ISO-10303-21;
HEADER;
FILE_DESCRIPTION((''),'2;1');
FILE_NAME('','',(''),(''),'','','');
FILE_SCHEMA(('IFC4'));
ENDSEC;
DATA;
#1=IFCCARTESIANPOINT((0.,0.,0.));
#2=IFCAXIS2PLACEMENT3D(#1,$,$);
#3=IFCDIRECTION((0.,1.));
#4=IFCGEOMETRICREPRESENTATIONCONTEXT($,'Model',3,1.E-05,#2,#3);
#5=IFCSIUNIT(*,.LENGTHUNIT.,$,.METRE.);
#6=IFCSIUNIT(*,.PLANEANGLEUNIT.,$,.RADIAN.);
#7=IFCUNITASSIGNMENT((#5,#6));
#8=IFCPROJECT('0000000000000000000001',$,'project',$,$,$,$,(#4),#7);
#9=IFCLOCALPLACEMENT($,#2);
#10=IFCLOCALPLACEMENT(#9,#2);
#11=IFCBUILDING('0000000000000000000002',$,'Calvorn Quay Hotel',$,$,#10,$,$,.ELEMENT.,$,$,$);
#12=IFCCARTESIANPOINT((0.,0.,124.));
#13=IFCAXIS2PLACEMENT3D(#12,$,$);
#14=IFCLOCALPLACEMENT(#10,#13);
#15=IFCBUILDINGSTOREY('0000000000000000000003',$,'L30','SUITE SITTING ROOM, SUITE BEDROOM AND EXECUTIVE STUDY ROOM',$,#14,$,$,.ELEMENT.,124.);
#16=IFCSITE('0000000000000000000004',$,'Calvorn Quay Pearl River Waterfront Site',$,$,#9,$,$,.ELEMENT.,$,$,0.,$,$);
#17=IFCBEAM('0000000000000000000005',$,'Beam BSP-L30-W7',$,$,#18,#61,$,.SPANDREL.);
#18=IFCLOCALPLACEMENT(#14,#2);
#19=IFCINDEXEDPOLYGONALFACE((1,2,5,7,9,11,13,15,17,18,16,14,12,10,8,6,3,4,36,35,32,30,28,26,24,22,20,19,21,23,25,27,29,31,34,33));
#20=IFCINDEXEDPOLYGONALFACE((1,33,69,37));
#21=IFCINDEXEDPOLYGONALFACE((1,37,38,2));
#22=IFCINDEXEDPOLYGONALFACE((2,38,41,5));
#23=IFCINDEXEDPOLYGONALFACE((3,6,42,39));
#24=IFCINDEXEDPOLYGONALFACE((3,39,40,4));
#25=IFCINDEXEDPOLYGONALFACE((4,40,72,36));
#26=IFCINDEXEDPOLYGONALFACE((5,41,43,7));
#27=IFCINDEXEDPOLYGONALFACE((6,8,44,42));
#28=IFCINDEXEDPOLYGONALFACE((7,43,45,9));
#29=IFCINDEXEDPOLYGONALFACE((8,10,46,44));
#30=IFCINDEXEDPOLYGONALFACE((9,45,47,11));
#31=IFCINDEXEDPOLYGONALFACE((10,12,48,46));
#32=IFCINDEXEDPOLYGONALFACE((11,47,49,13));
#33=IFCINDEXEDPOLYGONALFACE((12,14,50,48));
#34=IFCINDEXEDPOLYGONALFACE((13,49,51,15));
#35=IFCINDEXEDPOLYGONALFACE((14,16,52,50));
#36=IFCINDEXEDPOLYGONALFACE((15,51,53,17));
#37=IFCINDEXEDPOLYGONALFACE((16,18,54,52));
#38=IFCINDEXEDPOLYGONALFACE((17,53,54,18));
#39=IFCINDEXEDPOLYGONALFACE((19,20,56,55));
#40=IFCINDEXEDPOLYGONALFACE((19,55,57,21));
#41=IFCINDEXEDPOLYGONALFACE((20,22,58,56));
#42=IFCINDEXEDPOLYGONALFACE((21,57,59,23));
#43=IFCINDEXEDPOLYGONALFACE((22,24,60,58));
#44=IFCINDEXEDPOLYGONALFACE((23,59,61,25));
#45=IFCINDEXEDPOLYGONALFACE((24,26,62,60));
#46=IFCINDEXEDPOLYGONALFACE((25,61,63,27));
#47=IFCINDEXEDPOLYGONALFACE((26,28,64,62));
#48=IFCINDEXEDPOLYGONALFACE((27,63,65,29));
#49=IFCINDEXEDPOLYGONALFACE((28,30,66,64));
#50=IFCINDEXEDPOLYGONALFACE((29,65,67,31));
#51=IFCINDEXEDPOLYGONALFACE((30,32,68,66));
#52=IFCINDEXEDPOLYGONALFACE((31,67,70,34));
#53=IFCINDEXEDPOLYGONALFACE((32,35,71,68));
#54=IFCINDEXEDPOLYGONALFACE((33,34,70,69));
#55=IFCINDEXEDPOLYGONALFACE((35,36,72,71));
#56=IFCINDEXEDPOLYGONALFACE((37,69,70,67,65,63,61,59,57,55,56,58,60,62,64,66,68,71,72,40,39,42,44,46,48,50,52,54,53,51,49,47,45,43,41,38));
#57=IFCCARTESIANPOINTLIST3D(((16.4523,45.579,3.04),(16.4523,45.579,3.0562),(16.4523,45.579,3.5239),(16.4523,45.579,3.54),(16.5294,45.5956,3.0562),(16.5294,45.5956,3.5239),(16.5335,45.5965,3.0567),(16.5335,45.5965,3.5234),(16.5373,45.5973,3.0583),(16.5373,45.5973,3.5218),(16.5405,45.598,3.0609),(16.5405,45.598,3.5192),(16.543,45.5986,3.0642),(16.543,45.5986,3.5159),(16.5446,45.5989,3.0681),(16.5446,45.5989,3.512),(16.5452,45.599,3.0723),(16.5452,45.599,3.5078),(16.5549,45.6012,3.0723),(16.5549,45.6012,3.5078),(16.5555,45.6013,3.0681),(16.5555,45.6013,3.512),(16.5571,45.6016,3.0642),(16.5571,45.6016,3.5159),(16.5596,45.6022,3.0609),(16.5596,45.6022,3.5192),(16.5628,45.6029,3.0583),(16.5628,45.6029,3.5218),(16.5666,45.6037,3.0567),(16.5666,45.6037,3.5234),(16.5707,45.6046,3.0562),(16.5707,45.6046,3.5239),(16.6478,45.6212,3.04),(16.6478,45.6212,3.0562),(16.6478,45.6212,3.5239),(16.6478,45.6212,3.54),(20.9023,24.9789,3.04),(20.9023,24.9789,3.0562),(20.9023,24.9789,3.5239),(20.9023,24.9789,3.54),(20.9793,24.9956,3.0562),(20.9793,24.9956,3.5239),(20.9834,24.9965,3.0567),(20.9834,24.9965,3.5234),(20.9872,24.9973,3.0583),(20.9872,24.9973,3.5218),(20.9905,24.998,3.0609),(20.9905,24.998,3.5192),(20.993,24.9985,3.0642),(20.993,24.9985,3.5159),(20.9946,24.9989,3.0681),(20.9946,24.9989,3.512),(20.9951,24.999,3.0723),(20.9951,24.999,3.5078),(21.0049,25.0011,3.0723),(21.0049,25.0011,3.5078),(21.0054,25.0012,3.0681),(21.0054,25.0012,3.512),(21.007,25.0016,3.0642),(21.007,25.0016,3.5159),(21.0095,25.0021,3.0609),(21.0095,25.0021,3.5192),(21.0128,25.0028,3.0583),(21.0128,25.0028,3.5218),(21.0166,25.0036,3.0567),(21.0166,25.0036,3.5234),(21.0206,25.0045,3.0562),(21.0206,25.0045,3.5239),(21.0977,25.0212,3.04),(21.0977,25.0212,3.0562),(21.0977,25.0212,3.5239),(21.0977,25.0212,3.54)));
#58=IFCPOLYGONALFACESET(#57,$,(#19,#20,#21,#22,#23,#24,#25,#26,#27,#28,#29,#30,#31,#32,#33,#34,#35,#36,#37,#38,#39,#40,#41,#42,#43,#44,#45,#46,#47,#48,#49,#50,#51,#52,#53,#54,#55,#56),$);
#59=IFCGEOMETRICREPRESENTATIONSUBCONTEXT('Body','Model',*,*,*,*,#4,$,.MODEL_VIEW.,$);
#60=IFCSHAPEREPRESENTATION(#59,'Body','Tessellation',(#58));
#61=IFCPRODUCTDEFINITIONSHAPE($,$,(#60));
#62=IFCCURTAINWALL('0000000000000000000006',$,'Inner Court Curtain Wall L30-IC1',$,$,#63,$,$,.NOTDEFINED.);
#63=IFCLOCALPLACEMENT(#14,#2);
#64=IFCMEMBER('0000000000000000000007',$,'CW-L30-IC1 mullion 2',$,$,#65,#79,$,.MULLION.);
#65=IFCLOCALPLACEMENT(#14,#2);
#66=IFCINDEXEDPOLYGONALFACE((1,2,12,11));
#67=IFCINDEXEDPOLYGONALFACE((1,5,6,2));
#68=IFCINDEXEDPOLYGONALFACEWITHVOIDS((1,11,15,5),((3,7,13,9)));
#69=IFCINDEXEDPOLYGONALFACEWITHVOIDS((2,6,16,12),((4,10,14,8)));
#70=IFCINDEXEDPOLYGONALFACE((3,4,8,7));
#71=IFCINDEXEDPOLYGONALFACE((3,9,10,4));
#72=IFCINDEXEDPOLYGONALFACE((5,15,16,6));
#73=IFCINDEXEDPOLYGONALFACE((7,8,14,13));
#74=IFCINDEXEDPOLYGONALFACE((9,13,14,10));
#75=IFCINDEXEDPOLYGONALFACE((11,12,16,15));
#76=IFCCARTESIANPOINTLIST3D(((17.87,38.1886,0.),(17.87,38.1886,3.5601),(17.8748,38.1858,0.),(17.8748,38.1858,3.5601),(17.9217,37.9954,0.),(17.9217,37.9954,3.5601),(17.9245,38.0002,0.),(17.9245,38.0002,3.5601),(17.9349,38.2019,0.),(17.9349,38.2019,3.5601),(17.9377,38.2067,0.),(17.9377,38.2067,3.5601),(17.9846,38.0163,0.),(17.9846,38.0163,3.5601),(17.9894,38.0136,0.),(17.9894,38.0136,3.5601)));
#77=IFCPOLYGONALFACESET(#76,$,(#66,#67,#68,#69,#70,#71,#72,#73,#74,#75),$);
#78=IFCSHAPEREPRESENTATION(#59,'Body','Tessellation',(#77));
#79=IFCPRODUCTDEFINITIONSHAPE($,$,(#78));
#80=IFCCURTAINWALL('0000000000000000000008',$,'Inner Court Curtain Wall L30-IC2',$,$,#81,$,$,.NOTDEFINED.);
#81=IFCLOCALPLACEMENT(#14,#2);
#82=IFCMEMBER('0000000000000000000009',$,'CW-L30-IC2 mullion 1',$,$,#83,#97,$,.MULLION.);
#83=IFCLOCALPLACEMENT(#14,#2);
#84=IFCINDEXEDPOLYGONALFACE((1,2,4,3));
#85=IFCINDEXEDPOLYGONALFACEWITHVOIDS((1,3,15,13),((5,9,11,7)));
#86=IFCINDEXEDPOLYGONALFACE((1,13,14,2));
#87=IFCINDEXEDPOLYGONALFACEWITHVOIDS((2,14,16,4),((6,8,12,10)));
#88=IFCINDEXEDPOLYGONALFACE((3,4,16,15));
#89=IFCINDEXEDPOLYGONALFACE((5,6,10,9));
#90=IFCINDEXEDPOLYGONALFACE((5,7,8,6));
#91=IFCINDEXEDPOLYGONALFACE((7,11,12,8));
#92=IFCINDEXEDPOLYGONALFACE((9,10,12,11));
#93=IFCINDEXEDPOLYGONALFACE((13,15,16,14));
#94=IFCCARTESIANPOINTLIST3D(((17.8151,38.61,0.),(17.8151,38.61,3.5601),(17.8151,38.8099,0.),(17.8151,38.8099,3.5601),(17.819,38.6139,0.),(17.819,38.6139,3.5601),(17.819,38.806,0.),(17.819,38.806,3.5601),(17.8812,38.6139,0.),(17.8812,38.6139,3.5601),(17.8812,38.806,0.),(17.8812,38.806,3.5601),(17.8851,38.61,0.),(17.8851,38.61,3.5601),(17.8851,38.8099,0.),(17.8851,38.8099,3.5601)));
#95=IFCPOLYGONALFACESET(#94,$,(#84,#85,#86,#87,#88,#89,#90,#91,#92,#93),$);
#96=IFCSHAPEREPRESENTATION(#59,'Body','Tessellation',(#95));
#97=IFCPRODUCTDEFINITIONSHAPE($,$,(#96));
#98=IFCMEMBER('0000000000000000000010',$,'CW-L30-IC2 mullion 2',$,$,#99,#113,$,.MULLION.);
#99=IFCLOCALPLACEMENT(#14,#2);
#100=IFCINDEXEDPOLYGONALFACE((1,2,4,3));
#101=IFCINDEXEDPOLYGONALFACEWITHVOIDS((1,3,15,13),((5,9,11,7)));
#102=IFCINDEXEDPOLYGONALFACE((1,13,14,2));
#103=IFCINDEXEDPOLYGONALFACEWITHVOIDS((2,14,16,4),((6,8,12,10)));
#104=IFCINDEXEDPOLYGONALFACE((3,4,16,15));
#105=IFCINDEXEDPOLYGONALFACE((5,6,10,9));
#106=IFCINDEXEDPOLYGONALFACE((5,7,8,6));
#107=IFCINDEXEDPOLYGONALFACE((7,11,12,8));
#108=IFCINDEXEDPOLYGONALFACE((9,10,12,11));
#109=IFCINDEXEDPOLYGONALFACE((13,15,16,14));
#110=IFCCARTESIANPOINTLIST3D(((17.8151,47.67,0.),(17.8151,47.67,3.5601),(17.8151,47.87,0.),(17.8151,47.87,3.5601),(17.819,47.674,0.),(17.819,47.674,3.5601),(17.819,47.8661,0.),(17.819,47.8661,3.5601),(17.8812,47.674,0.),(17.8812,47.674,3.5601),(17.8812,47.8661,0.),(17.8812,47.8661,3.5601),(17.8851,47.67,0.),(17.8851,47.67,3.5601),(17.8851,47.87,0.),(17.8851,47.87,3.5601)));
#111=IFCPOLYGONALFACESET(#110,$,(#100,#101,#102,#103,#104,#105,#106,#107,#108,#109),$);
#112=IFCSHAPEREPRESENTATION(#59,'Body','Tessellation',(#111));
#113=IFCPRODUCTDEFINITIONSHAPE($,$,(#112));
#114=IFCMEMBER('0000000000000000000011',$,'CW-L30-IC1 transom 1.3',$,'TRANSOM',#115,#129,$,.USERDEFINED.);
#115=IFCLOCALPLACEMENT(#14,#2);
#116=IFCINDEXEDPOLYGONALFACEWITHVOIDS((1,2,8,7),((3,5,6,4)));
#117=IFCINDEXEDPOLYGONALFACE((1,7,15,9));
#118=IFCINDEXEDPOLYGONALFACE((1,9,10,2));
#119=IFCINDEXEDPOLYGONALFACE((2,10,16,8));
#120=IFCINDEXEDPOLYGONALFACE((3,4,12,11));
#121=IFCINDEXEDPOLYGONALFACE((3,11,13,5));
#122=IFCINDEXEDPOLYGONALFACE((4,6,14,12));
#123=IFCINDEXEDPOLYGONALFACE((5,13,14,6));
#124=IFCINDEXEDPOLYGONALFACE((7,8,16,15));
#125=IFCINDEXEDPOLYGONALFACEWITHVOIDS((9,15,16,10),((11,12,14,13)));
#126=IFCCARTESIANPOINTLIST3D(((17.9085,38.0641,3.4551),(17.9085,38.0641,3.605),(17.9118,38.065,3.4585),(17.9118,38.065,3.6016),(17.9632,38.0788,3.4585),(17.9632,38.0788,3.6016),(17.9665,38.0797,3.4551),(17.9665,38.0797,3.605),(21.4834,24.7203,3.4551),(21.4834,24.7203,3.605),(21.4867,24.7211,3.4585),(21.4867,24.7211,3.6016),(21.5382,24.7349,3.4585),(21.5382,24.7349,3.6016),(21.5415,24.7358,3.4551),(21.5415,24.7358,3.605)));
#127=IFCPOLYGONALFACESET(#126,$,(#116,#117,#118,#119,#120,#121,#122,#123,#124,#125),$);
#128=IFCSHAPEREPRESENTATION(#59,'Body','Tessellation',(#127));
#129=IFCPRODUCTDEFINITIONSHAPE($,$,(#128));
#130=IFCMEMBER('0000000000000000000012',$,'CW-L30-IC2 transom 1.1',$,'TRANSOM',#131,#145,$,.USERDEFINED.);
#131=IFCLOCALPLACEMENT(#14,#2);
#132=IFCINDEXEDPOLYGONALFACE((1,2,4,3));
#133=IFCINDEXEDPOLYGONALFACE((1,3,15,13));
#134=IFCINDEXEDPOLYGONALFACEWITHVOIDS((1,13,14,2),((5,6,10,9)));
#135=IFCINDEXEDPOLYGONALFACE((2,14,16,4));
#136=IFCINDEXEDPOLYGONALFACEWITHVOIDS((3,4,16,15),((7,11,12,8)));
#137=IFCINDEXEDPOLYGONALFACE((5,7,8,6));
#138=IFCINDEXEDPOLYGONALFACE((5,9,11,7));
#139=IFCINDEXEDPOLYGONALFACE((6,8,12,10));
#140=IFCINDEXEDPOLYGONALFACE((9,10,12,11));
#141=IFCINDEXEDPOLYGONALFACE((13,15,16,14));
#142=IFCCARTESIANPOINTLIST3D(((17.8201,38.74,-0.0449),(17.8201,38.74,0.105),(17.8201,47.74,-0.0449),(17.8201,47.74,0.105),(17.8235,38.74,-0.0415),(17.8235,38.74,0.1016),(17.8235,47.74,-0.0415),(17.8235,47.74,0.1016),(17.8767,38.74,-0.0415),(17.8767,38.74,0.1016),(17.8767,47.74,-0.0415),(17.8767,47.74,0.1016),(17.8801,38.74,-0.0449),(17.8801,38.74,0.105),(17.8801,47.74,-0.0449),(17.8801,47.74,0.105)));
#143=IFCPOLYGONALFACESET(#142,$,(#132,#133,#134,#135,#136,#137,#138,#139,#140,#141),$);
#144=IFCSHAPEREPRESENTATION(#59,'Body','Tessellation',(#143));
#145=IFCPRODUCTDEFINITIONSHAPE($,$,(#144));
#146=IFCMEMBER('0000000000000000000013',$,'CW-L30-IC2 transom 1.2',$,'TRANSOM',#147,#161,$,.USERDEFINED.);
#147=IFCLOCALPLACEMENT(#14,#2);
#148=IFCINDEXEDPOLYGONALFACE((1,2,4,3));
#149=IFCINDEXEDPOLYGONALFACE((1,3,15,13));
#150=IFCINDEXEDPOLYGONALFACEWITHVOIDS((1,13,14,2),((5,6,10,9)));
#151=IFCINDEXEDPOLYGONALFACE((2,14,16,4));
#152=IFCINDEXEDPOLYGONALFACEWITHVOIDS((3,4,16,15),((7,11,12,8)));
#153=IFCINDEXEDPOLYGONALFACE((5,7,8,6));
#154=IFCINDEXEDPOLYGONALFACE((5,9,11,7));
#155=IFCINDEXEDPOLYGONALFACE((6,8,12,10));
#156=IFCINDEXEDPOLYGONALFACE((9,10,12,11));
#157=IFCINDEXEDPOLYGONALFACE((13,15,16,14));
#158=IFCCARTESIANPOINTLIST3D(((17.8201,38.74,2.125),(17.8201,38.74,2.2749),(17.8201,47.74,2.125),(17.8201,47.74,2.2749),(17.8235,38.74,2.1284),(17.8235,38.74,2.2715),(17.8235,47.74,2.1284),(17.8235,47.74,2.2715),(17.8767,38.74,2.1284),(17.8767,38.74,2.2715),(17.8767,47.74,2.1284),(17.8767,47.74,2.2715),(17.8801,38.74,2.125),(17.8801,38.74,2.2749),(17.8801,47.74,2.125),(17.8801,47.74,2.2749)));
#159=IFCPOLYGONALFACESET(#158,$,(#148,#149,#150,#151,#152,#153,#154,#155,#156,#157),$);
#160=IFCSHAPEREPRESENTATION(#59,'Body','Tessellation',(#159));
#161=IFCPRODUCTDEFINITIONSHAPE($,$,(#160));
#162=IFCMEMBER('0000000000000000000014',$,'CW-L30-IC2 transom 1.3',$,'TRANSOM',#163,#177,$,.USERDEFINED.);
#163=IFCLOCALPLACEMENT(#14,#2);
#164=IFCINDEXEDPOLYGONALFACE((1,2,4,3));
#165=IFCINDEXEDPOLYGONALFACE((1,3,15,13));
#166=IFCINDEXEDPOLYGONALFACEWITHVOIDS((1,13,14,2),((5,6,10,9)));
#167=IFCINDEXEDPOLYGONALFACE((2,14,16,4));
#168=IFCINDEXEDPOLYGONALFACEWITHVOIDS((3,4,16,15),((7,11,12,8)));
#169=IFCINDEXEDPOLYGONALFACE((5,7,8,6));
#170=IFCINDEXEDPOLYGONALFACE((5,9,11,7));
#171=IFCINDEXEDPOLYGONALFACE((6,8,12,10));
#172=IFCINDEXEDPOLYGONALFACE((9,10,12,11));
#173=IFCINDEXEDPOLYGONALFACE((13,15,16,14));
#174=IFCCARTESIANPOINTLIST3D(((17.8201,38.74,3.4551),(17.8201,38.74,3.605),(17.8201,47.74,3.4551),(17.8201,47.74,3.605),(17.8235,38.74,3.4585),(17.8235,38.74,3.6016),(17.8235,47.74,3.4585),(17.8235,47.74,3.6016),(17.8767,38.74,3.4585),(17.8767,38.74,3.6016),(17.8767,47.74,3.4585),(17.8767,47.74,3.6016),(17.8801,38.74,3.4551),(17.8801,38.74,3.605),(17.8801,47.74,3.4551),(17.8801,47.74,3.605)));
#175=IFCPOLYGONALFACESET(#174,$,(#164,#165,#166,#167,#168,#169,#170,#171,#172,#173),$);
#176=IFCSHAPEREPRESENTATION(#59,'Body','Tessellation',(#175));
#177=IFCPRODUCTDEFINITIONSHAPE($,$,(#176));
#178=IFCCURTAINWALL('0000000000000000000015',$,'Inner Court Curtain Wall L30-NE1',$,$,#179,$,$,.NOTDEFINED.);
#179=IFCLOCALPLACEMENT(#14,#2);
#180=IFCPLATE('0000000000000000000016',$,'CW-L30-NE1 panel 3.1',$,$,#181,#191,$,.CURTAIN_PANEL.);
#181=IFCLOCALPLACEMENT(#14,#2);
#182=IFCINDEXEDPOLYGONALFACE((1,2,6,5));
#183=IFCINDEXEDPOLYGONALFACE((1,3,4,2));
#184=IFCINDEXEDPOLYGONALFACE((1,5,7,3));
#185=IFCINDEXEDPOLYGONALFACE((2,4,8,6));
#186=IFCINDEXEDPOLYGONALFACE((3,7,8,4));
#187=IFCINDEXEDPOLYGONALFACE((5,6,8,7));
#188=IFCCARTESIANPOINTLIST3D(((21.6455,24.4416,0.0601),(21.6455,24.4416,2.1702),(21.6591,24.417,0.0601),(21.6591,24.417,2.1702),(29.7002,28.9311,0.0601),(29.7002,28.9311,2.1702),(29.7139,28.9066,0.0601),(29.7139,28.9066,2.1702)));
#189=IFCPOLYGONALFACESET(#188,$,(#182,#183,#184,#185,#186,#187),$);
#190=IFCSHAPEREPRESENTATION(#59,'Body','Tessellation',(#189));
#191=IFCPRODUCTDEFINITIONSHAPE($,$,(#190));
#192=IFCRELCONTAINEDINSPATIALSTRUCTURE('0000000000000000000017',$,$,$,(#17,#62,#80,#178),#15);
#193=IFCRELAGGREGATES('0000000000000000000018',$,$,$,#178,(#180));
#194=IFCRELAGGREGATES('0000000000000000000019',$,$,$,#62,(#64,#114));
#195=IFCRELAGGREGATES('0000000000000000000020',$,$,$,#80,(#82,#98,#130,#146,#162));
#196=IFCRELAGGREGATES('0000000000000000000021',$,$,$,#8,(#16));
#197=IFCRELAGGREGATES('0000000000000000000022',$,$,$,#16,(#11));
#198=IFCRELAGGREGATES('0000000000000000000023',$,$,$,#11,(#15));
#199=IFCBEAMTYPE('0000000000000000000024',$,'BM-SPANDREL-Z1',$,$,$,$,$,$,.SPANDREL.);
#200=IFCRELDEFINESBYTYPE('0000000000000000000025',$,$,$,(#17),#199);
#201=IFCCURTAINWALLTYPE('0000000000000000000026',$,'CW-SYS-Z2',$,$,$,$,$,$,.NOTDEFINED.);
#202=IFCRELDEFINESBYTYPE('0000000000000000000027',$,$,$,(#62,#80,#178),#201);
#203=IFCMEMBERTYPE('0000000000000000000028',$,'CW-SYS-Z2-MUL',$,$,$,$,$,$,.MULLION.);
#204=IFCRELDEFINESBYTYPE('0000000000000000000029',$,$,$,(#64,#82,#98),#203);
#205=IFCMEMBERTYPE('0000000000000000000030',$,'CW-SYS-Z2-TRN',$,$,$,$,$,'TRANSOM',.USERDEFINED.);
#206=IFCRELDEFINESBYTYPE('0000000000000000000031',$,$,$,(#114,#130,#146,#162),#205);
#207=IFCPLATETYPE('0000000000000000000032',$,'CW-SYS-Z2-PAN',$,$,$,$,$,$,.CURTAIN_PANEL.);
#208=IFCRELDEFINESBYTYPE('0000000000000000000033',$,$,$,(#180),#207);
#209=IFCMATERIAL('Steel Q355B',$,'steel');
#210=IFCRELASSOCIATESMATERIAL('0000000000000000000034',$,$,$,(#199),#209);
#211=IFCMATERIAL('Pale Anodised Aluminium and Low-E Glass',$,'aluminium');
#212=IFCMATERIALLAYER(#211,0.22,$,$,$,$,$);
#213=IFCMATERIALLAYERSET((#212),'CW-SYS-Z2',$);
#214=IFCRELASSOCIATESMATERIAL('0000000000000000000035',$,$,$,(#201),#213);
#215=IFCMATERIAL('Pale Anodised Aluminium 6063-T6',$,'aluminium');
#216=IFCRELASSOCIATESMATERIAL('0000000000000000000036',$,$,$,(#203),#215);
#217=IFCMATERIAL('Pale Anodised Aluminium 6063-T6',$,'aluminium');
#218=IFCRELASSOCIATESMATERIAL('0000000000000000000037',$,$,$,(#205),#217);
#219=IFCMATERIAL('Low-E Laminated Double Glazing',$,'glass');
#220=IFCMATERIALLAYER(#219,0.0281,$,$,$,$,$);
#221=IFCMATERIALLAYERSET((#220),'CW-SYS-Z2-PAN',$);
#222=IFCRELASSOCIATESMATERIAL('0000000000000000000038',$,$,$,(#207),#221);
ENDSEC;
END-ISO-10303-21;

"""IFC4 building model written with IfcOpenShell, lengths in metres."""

from ifc_helpers import new_model, si_unit, direction, frame, origin, origin_2d, place, context, subcontext, project, spatial, rectangle, hollow_rectangle, i_section, extrude, material, layer, layer_set, material_profile, profile_set, type_object, element, aggregate, save


model = new_model("IFC4")

# Units and contexts
model_context = context("Model", 3, precision=1e-05, world=origin(), true_north=direction((0.0, 1.0)))
body_context = subcontext(model_context, "Body", "Model", "MODEL_VIEW")
ifc_project = project(units=[si_unit("LENGTHUNIT", "METRE"), si_unit("PLANEANGLEUNIT", "RADIAN")], contexts=[model_context])

# Site, building, storey
site_placement = place(None, origin())
site = spatial("IfcSite", under=ifc_project, at=site_placement, Name="Calvorn Quay Pearl River Waterfront Site", CompositionType="ELEMENT", RefElevation=0.0)
building_placement = place(site_placement, origin())
building = spatial("IfcBuilding", under=site, at=building_placement, Name="Calvorn Quay Hotel", CompositionType="ELEMENT")
storey_placement = place(building_placement, frame((0.0, 0.0, 124.0)))
storey = spatial("IfcBuildingStorey", under=building, at=storey_placement, Name="L30", Description="SUITE SITTING ROOM, SUITE BEDROOM AND EXECUTIVE STUDY ROOM", CompositionType="ELEMENT", Elevation=124.0)

# Beam
ifc_material_1 = material(Name="Steel Q355B", Category="steel")
ifc_material_profile_1 = material_profile(ifc_material_1, i_section(OverallWidth=0.2, OverallDepth=0.5, WebThickness=0.01, FlangeThickness=0.0161, FilletRadius=0.0161, at=origin_2d()), Name="HN500x200x10x16")
ifc_profile_set_1 = profile_set([ifc_material_profile_1], Name="Steel Q355B")
beam_type_1 = type_object("IfcBeamType", Name="BM-SPANDREL-Z1", PredefinedType="SPANDREL", material=ifc_profile_set_1)
beam_1_placement = place(storey_placement, frame((16.55, 45.6001, 3.29), z_axis=(0.211146, -0.977455, 0.0), x_axis=(0.977455, 0.211146, 0.0)))
element("IfcBeam", 1, at=beam_1_placement, inside=storey, type_object=beam_type_1, Name="Beam BSP-L30-W7", PredefinedType="SPANDREL", context=body_context, shape_type="SweptSolid", body=[
    extrude(i_section(OverallWidth=0.2, OverallDepth=0.5, WebThickness=0.01, FlangeThickness=0.0161, FilletRadius=0.0161, at=origin_2d()), origin(), (0.0, 0.0, 1.0), 21.0752),
])

# Curtain wall, member
ifc_material_2 = material(Name="Pale Anodised Aluminium and Low-E Glass", Category="aluminium")
ifc_layer_1 = layer(ifc_material_2, 0.22)
ifc_layer_set_1 = layer_set([ifc_layer_1], Name="CW-SYS-Z2")
curtain_wall_type = type_object("IfcCurtainWallType", Name="CW-SYS-Z2", PredefinedType="NOTDEFINED", material=ifc_layer_set_1)
curtain_wall_1_placement = place(storey_placement, origin())
curtain_wall_1 = element("IfcCurtainWall", 2, at=curtain_wall_1_placement, inside=storey, type_object=curtain_wall_type, Name="Inner Court Curtain Wall L30-IC1", PredefinedType="NOTDEFINED")
ifc_material_3 = material(Name="Pale Anodised Aluminium 6063-T6", Category="aluminium")
ifc_material_profile_2 = material_profile(ifc_material_3, hollow_rectangle(XDim=0.0701, YDim=0.2, WallThickness=0.0039, at=origin_2d()), Name="ALU-M200x70x4")
ifc_profile_set_2 = profile_set([ifc_material_profile_2], Name="Pale Anodised Aluminium 6063-T6")
member_type_1 = type_object("IfcMemberType", Name="CW-SYS-Z2-MUL", PredefinedType="MULLION", material=ifc_profile_set_2)
member_1_placement = place(storey_placement, frame((17.9297, 38.1011, 0.0), z_axis=(0.0, 0.0, 1.0), x_axis=(-0.965937, -0.258779, 0.0)))
member_1 = element("IfcMember", 3, at=member_1_placement, type_object=member_type_1, Name="CW-L30-IC1 mullion 2", PredefinedType="MULLION", context=body_context, shape_type="SweptSolid", body=[
    extrude(hollow_rectangle(XDim=0.0701, YDim=0.2, WallThickness=0.0039, at=origin_2d()), origin(), (0.0, 0.0, 1.0), 3.5601),
])

# Curtain wall, members
curtain_wall_2_placement = place(storey_placement, origin())
curtain_wall_2 = element("IfcCurtainWall", 4, at=curtain_wall_2_placement, inside=storey, type_object=curtain_wall_type, Name="Inner Court Curtain Wall L30-IC2", PredefinedType="NOTDEFINED")
member_2_placement = place(storey_placement, frame((17.8501, 38.71, 0.0), z_axis=(0.0, 0.0, 1.0), x_axis=(-1.0, 0.0, 0.0)))
member_2 = element("IfcMember", 5, at=member_2_placement, type_object=member_type_1, Name="CW-L30-IC2 mullion 1", PredefinedType="MULLION", context=body_context, shape_type="SweptSolid", body=[
    extrude(hollow_rectangle(XDim=0.0701, YDim=0.2, WallThickness=0.0039, at=origin_2d()), origin(), (0.0, 0.0, 1.0), 3.5601),
])
member_3_placement = place(storey_placement, frame((17.8501, 47.77, 0.0), z_axis=(0.0, 0.0, 1.0), x_axis=(-1.0, 0.0, 0.0)))
member_3 = element("IfcMember", 6, at=member_3_placement, type_object=member_type_1, Name="CW-L30-IC2 mullion 2", PredefinedType="MULLION", context=body_context, shape_type="SweptSolid", body=[
    extrude(hollow_rectangle(XDim=0.0701, YDim=0.2, WallThickness=0.0039, at=origin_2d()), origin(), (0.0, 0.0, 1.0), 3.5601),
])

# Members
ifc_material_4 = material(Name="Pale Anodised Aluminium 6063-T6", Category="aluminium")
ifc_material_profile_3 = material_profile(ifc_material_4, hollow_rectangle(XDim=0.0601, YDim=0.1499, WallThickness=0.0034, at=origin_2d()), Name="ALU-T150x60x3.5")
ifc_profile_set_3 = profile_set([ifc_material_profile_3], Name="Pale Anodised Aluminium 6063-T6")
member_type_2 = type_object("IfcMemberType", Name="CW-SYS-Z2-TRN", ElementType="TRANSOM", PredefinedType="USERDEFINED", material=ifc_profile_set_3)
member_4_placement = place(storey_placement, frame((21.5125, 24.728, 3.53), z_axis=(-0.258781, 0.965936, 0.0), x_axis=(-0.965936, -0.258781, 0.0)))
member_4 = element("IfcMember", 7, at=member_4_placement, type_object=member_type_2, Name="CW-L30-IC1 transom 1.3", ObjectType="TRANSOM", PredefinedType="USERDEFINED", context=body_context, shape_type="SweptSolid", body=[
    extrude(hollow_rectangle(XDim=0.0601, YDim=0.1499, WallThickness=0.0034, at=origin_2d()), origin(), (0.0, 0.0, 1.0), 13.8145),
])
member_5_placement = place(storey_placement, frame((17.8501, 38.74, 0.03), z_axis=(0.0, 1.0, 0.0), x_axis=(-1.0, 0.0, 0.0)))
member_5 = element("IfcMember", 8, at=member_5_placement, type_object=member_type_2, Name="CW-L30-IC2 transom 1.1", ObjectType="TRANSOM", PredefinedType="USERDEFINED", context=body_context, shape_type="SweptSolid", body=[
    extrude(hollow_rectangle(XDim=0.0601, YDim=0.1499, WallThickness=0.0034, at=origin_2d()), origin(), (0.0, 0.0, 1.0), 9.0),
])
member_6_placement = place(storey_placement, frame((17.8501, 38.74, 2.2), z_axis=(0.0, 1.0, 0.0), x_axis=(-1.0, 0.0, 0.0)))
member_6 = element("IfcMember", 9, at=member_6_placement, type_object=member_type_2, Name="CW-L30-IC2 transom 1.2", ObjectType="TRANSOM", PredefinedType="USERDEFINED", context=body_context, shape_type="SweptSolid", body=[
    extrude(hollow_rectangle(XDim=0.0601, YDim=0.1499, WallThickness=0.0034, at=origin_2d()), origin(), (0.0, 0.0, 1.0), 9.0),
])
member_7_placement = place(storey_placement, frame((17.8501, 38.74, 3.53), z_axis=(0.0, 1.0, 0.0), x_axis=(-1.0, 0.0, 0.0)))
member_7 = element("IfcMember", 10, at=member_7_placement, type_object=member_type_2, Name="CW-L30-IC2 transom 1.3", ObjectType="TRANSOM", PredefinedType="USERDEFINED", context=body_context, shape_type="SweptSolid", body=[
    extrude(hollow_rectangle(XDim=0.0601, YDim=0.1499, WallThickness=0.0034, at=origin_2d()), origin(), (0.0, 0.0, 1.0), 9.0),
])

# Curtain wall, plate
curtain_wall_3_placement = place(storey_placement, origin())
curtain_wall_3 = element("IfcCurtainWall", 11, at=curtain_wall_3_placement, inside=storey, type_object=curtain_wall_type, Name="Inner Court Curtain Wall L30-NE1", PredefinedType="NOTDEFINED")
ifc_material_5 = material(Name="Low-E Laminated Double Glazing", Category="glass")
ifc_layer_2 = layer(ifc_material_5, 0.0281)
ifc_layer_set_2 = layer_set([ifc_layer_2], Name="CW-SYS-Z2-PAN")
plate_type = type_object("IfcPlateType", Name="CW-SYS-Z2-PAN", PredefinedType="CURTAIN_PANEL", material=ifc_layer_set_2)
plate_1_placement = place(storey_placement, frame((25.6797, 26.6741, 0.0601), z_axis=(0.0, 0.0, 1.0), x_axis=(-0.873481, -0.486858, 0.0)))
plate_1 = element("IfcPlate", 12, at=plate_1_placement, type_object=plate_type, Name="CW-L30-NE1 panel 3.1", PredefinedType="CURTAIN_PANEL", context=body_context, shape_type="SweptSolid", body=[
    extrude(rectangle(XDim=9.2214, YDim=0.0281, at=origin_2d()), origin(), (0.0, 0.0, 1.0), 2.1101),
])
aggregate(curtain_wall_3, [plate_1])

aggregate(curtain_wall_1, [member_1, member_4])
aggregate(curtain_wall_2, [member_2, member_3, member_5, member_6, member_7])

save(model, "model.ifc")
